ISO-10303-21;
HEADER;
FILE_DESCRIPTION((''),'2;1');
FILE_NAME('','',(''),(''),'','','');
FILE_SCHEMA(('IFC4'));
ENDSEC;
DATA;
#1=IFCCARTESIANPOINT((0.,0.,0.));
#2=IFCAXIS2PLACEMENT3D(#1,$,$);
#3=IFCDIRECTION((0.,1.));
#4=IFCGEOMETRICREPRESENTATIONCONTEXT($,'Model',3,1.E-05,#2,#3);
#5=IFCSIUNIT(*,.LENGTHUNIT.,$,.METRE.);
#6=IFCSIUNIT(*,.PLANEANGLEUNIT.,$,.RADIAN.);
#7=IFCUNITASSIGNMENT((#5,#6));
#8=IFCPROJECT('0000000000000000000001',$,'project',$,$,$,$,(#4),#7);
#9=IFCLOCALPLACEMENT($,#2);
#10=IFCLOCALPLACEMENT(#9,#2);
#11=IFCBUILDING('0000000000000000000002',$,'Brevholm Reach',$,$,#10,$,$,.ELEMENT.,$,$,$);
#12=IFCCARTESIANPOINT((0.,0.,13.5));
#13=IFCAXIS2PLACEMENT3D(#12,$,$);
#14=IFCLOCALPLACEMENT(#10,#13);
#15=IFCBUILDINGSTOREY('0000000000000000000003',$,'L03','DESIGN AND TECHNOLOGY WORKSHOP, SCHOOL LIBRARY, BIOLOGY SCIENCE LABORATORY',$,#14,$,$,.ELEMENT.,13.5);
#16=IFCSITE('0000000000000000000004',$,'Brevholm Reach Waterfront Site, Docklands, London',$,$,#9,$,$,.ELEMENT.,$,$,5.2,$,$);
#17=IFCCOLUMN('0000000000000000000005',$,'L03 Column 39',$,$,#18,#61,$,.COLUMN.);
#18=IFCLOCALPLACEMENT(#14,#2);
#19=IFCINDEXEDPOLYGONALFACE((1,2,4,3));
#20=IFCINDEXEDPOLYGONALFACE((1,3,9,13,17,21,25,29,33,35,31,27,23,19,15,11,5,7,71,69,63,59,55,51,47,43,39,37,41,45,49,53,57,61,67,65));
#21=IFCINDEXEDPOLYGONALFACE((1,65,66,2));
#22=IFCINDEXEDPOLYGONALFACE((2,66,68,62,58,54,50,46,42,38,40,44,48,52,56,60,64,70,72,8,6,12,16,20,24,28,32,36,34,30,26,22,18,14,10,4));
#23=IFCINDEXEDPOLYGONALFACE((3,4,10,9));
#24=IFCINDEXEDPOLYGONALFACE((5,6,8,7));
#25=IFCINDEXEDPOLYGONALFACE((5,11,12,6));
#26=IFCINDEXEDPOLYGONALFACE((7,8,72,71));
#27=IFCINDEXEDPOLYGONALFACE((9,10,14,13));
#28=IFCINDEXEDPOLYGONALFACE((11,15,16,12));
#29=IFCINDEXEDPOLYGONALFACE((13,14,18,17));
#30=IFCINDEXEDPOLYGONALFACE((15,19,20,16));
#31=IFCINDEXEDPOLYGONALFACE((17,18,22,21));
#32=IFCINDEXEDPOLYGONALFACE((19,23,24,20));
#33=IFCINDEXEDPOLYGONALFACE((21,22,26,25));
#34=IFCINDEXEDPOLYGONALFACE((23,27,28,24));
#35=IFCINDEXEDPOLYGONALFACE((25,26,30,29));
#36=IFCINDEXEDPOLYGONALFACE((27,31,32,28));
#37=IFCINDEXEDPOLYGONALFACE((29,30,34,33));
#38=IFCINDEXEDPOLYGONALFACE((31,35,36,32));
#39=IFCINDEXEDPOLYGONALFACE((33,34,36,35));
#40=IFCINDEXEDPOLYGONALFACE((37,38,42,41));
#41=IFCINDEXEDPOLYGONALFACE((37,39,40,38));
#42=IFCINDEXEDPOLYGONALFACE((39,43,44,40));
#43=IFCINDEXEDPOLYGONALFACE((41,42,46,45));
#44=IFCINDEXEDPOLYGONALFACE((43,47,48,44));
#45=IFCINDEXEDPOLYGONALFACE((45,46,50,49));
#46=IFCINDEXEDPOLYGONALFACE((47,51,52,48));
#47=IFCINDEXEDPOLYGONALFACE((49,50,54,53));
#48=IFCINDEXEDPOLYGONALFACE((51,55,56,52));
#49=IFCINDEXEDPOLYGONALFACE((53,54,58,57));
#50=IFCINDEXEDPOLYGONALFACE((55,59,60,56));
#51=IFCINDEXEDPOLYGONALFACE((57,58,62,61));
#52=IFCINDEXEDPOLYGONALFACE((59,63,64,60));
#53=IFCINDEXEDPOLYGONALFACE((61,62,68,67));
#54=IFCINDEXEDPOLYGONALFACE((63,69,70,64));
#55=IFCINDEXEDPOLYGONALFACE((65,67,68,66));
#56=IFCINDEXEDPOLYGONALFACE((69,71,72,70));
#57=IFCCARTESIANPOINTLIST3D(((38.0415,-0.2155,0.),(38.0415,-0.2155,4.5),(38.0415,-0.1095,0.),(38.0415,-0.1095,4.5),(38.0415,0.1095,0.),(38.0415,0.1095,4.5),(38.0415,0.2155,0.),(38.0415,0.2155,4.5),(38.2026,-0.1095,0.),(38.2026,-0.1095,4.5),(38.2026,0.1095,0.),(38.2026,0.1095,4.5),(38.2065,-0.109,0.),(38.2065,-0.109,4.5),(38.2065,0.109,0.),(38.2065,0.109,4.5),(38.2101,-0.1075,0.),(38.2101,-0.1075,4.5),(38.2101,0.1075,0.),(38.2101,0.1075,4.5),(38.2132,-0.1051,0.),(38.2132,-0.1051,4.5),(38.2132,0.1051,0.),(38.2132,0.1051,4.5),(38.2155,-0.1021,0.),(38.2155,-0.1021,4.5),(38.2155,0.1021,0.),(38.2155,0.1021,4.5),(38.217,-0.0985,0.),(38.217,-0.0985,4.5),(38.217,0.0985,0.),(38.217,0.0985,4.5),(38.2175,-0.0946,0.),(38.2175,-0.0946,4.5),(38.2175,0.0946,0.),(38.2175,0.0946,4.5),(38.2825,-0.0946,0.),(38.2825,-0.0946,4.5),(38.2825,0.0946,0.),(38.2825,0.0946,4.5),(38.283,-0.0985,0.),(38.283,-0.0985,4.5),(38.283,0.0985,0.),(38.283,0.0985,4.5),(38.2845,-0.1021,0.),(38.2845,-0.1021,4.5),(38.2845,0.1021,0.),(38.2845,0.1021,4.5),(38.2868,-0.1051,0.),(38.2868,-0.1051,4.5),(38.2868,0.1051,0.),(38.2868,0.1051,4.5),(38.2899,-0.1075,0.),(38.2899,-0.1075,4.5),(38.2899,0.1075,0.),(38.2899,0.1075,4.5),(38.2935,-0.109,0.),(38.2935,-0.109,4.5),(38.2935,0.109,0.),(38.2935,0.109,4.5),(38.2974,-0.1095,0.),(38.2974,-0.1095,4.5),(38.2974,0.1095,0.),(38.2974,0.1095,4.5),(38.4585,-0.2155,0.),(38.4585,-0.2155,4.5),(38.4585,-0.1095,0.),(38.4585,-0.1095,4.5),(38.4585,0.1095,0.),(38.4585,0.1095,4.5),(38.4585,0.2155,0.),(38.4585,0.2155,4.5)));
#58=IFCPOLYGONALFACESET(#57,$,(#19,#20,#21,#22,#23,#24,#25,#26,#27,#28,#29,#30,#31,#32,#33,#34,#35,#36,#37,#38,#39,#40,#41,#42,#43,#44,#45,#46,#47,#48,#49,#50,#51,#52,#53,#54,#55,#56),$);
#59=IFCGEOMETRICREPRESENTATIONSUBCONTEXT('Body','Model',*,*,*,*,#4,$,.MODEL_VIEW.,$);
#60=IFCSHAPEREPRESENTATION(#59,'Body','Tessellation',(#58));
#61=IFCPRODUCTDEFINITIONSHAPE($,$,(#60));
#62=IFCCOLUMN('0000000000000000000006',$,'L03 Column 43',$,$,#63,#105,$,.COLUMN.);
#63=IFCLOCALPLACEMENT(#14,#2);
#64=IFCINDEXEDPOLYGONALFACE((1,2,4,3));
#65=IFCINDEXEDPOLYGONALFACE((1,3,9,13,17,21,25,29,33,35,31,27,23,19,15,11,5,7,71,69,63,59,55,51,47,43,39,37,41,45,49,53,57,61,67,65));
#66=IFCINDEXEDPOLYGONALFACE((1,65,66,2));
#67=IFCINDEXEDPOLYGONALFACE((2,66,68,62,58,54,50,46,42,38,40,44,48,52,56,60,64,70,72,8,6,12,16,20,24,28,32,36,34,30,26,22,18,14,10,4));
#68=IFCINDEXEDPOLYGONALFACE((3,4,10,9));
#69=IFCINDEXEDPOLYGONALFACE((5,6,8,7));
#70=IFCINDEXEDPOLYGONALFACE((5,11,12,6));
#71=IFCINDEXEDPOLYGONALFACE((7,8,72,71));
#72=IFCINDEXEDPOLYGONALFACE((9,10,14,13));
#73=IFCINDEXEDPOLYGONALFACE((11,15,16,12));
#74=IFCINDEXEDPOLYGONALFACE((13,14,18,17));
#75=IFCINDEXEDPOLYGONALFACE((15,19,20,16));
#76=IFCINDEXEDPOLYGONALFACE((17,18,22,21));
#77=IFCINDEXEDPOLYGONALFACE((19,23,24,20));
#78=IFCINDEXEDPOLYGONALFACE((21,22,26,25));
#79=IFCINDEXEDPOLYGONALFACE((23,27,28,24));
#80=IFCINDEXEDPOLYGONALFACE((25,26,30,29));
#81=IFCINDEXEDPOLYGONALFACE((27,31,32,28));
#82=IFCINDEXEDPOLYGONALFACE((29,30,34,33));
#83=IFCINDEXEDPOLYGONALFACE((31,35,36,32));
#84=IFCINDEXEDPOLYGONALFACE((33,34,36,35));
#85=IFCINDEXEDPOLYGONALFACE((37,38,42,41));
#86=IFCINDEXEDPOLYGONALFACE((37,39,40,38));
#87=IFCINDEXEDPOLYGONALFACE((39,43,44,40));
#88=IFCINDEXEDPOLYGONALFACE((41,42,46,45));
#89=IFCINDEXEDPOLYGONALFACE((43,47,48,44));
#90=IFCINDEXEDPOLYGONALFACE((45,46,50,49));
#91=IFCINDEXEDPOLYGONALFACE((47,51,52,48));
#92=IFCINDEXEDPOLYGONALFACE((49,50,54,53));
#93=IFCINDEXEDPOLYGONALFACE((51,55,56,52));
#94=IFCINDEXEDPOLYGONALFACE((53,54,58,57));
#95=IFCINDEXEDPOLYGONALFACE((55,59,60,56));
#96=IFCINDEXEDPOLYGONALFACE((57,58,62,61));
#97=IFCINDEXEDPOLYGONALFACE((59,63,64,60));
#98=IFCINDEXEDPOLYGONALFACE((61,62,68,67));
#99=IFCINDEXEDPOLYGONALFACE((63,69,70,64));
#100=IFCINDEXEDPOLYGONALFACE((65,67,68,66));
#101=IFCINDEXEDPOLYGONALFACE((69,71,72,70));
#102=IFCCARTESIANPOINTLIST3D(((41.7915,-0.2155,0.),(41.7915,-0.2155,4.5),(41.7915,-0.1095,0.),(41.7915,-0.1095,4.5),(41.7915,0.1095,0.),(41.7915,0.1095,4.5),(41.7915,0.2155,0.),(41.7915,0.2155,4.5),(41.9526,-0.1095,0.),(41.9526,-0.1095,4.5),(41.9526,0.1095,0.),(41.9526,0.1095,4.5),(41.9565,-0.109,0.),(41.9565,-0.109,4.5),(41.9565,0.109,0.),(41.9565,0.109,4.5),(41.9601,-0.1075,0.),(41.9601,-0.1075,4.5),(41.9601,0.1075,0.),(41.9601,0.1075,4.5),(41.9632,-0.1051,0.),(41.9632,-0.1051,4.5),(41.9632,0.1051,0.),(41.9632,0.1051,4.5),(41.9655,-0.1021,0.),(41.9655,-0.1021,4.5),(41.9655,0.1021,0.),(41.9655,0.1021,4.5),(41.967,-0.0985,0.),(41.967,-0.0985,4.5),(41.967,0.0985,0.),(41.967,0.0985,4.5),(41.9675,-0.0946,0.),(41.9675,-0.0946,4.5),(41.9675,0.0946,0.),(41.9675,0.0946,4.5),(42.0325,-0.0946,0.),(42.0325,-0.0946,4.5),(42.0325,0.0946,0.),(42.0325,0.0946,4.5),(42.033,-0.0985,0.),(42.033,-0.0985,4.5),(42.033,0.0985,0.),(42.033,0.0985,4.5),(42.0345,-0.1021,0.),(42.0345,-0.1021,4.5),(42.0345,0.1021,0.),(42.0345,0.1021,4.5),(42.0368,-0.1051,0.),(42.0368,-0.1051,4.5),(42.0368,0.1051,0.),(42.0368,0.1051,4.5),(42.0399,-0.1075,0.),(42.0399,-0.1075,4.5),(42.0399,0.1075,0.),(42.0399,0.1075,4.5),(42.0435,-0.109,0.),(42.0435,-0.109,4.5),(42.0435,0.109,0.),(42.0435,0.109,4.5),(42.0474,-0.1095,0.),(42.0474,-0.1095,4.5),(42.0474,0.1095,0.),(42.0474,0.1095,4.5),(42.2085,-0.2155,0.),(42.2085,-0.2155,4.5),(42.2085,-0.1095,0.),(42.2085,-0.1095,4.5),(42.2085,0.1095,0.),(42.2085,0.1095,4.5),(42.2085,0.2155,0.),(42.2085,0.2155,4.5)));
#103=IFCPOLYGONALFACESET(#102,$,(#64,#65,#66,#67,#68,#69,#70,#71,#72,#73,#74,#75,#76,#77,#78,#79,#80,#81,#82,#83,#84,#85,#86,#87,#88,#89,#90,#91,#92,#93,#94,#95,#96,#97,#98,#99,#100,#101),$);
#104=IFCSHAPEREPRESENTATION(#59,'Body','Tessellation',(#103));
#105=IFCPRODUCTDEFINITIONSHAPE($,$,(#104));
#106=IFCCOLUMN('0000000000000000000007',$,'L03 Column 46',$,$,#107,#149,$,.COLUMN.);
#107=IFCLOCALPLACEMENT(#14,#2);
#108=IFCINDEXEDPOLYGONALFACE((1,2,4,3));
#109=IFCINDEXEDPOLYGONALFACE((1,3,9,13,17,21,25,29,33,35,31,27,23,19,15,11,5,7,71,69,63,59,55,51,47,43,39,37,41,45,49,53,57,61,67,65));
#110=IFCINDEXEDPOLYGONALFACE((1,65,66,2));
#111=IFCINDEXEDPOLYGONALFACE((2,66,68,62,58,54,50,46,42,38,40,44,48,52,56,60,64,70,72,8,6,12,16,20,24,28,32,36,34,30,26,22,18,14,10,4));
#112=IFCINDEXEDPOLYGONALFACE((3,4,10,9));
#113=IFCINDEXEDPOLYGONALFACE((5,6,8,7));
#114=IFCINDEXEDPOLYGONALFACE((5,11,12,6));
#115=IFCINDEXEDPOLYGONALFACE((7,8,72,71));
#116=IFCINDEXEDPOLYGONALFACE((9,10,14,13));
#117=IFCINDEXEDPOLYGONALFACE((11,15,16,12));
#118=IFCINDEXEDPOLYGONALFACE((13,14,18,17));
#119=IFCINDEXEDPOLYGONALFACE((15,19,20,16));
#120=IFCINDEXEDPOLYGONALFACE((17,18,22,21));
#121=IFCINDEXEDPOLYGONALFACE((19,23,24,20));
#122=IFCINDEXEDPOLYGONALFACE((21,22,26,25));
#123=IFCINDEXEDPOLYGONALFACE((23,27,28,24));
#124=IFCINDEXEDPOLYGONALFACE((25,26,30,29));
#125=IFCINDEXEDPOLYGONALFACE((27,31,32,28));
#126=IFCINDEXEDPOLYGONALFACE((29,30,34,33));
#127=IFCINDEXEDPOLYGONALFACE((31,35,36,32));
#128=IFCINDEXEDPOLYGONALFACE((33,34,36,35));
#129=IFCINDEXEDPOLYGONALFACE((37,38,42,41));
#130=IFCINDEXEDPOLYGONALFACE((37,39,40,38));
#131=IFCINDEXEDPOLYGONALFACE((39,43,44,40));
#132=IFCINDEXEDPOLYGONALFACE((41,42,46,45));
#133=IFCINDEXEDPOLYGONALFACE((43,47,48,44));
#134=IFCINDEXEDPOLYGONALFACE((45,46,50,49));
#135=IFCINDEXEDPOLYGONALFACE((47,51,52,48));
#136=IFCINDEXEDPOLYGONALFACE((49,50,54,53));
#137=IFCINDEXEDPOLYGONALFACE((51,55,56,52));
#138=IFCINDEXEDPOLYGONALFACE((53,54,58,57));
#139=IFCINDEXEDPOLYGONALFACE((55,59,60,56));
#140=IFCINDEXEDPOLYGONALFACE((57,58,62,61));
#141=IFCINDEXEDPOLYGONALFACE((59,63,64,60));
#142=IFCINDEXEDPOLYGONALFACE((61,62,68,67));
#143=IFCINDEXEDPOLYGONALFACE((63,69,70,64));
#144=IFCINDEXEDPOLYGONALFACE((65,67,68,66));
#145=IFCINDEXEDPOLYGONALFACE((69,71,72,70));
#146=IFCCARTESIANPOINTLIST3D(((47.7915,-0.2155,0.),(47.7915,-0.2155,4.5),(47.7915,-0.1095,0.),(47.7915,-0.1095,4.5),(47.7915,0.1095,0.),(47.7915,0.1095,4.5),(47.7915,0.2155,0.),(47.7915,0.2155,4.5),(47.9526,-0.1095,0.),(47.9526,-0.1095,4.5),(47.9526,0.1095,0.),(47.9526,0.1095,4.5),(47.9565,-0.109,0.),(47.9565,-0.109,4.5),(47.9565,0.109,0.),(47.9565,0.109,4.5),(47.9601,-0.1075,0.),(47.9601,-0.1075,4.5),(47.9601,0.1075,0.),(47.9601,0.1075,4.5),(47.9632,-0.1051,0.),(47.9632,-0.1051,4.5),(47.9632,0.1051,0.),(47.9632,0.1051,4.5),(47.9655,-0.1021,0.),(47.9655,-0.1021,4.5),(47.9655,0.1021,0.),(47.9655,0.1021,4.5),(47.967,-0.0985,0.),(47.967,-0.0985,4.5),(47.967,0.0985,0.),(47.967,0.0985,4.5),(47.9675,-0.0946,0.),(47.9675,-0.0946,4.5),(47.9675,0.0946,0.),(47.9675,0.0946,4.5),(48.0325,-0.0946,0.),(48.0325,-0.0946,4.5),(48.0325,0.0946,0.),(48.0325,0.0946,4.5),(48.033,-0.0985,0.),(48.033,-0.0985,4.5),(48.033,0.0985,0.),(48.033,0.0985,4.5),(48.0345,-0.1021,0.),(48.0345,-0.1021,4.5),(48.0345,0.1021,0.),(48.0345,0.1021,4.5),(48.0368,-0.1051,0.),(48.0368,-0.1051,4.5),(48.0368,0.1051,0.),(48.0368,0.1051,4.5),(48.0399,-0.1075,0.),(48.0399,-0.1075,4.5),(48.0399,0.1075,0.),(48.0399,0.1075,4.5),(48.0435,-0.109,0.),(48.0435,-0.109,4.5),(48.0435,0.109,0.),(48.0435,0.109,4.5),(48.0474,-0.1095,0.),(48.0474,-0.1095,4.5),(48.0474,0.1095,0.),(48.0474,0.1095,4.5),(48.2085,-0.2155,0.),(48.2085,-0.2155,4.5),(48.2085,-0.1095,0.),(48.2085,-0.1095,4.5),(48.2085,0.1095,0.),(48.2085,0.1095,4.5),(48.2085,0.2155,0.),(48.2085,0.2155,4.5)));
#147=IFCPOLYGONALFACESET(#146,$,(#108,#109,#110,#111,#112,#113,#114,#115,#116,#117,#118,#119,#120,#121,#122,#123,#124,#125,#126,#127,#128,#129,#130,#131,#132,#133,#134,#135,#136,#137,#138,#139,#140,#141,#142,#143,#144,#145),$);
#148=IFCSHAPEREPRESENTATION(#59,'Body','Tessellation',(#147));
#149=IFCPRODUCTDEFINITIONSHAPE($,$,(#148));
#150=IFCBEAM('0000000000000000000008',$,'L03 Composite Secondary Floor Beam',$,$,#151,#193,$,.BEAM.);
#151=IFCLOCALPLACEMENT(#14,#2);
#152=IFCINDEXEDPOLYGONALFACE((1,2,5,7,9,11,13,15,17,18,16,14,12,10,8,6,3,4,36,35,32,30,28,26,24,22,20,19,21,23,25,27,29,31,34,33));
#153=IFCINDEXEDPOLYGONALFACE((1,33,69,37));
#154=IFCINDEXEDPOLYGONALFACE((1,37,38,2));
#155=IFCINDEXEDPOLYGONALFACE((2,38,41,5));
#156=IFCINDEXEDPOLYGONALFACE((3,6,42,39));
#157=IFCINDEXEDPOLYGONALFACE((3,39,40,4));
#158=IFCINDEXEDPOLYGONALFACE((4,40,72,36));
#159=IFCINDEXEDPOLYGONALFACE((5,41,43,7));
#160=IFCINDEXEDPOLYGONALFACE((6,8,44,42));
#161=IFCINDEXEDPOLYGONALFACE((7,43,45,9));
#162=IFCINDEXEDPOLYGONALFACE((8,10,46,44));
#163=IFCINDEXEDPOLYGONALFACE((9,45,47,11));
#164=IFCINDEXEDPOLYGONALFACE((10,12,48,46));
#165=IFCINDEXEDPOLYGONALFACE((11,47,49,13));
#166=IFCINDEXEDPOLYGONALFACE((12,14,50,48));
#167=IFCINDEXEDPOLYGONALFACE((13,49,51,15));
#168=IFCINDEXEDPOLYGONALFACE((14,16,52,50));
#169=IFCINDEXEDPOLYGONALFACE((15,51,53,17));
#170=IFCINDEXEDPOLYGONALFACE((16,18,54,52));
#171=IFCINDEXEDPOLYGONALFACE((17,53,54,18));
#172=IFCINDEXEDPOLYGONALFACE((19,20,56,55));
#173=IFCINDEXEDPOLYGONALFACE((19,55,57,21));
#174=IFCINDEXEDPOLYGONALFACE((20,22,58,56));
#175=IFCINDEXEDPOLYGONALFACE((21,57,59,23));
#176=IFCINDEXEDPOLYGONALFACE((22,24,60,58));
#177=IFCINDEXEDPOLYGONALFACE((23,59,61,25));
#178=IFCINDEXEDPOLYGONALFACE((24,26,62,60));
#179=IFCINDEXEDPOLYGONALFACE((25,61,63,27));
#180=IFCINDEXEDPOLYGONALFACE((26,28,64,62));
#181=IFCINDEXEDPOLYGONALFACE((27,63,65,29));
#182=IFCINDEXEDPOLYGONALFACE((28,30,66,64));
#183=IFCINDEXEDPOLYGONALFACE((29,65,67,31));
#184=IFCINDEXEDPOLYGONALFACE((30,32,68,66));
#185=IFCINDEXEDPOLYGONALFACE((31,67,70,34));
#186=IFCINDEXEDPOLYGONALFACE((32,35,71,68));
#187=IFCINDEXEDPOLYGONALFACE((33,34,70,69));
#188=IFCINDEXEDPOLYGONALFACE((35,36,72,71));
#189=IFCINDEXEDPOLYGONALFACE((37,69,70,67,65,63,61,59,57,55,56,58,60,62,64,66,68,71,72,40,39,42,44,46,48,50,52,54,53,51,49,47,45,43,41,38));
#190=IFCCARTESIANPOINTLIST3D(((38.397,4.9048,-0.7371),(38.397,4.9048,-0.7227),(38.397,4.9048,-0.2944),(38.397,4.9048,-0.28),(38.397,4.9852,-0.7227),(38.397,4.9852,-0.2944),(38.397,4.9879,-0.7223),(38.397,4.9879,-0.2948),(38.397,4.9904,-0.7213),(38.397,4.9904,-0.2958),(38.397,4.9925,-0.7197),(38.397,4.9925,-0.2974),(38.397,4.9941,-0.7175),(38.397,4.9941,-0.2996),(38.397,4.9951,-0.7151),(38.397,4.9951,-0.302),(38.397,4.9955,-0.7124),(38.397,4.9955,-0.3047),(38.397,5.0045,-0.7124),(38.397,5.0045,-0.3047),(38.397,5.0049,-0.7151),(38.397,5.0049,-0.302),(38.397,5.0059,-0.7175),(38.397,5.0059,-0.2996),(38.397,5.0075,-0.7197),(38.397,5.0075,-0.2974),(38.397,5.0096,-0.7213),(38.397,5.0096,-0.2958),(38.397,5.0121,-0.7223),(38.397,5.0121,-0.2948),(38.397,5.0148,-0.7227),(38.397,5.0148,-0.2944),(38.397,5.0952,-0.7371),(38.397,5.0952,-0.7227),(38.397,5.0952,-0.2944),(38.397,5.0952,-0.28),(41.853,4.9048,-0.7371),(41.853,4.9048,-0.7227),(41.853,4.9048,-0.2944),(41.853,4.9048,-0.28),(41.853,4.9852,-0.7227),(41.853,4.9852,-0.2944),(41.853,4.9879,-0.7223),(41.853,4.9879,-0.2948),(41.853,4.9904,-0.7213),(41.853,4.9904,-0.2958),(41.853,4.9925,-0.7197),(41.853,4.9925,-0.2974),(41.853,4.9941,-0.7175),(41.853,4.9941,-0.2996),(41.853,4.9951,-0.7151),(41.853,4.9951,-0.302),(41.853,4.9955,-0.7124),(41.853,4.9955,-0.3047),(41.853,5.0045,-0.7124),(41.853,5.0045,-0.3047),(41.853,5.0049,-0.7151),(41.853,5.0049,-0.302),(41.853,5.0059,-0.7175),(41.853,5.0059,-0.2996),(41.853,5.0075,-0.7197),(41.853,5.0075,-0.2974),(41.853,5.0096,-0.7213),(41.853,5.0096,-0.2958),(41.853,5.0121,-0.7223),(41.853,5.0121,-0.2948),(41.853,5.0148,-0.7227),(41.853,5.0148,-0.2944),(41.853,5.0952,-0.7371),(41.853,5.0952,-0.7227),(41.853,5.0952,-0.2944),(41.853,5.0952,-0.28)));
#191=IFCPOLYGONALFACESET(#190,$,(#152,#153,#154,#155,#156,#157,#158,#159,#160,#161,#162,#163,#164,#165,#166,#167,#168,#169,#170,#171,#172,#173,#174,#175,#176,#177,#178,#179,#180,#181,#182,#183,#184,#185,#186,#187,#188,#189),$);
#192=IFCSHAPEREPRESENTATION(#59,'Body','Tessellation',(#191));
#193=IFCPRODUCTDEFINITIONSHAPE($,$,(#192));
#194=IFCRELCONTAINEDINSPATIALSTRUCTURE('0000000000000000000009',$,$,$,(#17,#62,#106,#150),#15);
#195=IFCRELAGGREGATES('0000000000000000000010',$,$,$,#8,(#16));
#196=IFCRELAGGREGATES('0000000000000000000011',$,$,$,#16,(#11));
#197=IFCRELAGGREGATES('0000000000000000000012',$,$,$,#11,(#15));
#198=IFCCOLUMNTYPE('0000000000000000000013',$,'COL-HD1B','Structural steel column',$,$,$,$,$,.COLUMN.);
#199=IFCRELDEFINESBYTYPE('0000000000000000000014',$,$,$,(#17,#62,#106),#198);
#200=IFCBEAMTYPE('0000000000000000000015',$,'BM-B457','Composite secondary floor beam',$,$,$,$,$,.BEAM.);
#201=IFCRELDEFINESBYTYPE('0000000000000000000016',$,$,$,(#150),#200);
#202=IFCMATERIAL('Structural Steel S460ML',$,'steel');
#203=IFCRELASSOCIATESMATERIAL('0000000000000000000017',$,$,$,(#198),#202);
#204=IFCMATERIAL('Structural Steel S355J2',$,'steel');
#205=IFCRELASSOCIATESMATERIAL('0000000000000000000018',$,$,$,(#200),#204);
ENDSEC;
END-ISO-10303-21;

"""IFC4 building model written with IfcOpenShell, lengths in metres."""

from ifc_helpers import new_model, si_unit, direction, frame, origin, origin_2d, place, context, subcontext, project, spatial, i_section, extrude, material, material_profile, profile_set, type_object, element, save


model = new_model("IFC4")

# Units and contexts
model_context = context("Model", 3, precision=1e-05, world=origin(), true_north=direction((0.0, 1.0)))
body_context = subcontext(model_context, "Body", "Model", "MODEL_VIEW")
ifc_project = project(units=[si_unit("LENGTHUNIT", "METRE"), si_unit("PLANEANGLEUNIT", "RADIAN")], contexts=[model_context])

# Site, building, storey
site_placement = place(None, origin())
site = spatial("IfcSite", under=ifc_project, at=site_placement, Name="Brevholm Reach Waterfront Site, Docklands, London", CompositionType="ELEMENT", RefElevation=5.2)
building_placement = place(site_placement, origin())
building = spatial("IfcBuilding", under=site, at=building_placement, Name="Brevholm Reach", CompositionType="ELEMENT")
storey_placement = place(building_placement, frame((0.0, 0.0, 13.5)))
storey = spatial("IfcBuildingStorey", under=building, at=storey_placement, Name="L03", Description="DESIGN AND TECHNOLOGY WORKSHOP, SCHOOL LIBRARY, BIOLOGY SCIENCE LABORATORY", CompositionType="ELEMENT", Elevation=13.5)

# Columns
ifc_material_1 = material(Name="Structural Steel S460ML", Category="steel")
ifc_material_profile_1 = material_profile(ifc_material_1, i_section(OverallWidth=0.417, OverallDepth=0.4309, WebThickness=0.0649, FlangeThickness=0.106, FilletRadius=0.0149, at=origin_2d()), Name="HD 400x900")
ifc_profile_set_1 = profile_set([ifc_material_profile_1], Name="Structural Steel S460ML")
column_type = type_object("IfcColumnType", Name="COL-HD1B", Description="Structural steel column", PredefinedType="COLUMN", material=ifc_profile_set_1)
for number, where, z_axis, x_axis, name in (
    (1, (38.25, 0.0, 0.0), (0.0, 0.0, 1.0), (1.0, 0.0, 0.0), "L03 Column 39"),
    (2, (42.0, 0.0, 0.0), (0.0, 0.0, 1.0), (1.0, 0.0, 0.0), "L03 Column 43"),
    (3, (48.0, 0.0, 0.0), (0.0, 0.0, 1.0), (1.0, 0.0, 0.0), "L03 Column 46"),
):
    element("IfcColumn", number, at=place(storey_placement, frame(where, z_axis=z_axis, x_axis=x_axis)), inside=storey, type_object=column_type, Name=name, PredefinedType="COLUMN", context=body_context, shape_type="SweptSolid", body=[
        extrude(i_section(OverallWidth=0.417, OverallDepth=0.4309, WebThickness=0.0649, FlangeThickness=0.106, FilletRadius=0.0149, at=origin_2d()), origin(), (0.0, 0.0, 1.0), 4.5),
    ])

# Beam
ifc_material_2 = material(Name="Structural Steel S355J2", Category="steel")
ifc_material_profile_2 = material_profile(ifc_material_2, i_section(OverallWidth=0.1904, OverallDepth=0.457, WebThickness=0.009, FlangeThickness=0.0144, FilletRadius=0.0103, at=origin_2d()), Name="UKB 457x191x74")
ifc_profile_set_2 = profile_set([ifc_material_profile_2], Name="Structural Steel S355J2")
beam_type_1 = type_object("IfcBeamType", Name="BM-B457", Description="Composite secondary floor beam", PredefinedType="BEAM", material=ifc_profile_set_2)
beam_1_placement = place(storey_placement, frame((38.397, 5.0, -0.5085), z_axis=(1.0, 0.0, 0.0), x_axis=(0.0, 1.0, 0.0)))
element("IfcBeam", 4, at=beam_1_placement, inside=storey, type_object=beam_type_1, Name="L03 Composite Secondary Floor Beam", PredefinedType="BEAM", context=body_context, shape_type="SweptSolid", body=[
    extrude(i_section(OverallWidth=0.1904, OverallDepth=0.457, WebThickness=0.009, FlangeThickness=0.0144, FilletRadius=0.0103, at=origin_2d()), origin(), (0.0, 0.0, 1.0), 3.4561),
])

save(model, "model.ifc")
